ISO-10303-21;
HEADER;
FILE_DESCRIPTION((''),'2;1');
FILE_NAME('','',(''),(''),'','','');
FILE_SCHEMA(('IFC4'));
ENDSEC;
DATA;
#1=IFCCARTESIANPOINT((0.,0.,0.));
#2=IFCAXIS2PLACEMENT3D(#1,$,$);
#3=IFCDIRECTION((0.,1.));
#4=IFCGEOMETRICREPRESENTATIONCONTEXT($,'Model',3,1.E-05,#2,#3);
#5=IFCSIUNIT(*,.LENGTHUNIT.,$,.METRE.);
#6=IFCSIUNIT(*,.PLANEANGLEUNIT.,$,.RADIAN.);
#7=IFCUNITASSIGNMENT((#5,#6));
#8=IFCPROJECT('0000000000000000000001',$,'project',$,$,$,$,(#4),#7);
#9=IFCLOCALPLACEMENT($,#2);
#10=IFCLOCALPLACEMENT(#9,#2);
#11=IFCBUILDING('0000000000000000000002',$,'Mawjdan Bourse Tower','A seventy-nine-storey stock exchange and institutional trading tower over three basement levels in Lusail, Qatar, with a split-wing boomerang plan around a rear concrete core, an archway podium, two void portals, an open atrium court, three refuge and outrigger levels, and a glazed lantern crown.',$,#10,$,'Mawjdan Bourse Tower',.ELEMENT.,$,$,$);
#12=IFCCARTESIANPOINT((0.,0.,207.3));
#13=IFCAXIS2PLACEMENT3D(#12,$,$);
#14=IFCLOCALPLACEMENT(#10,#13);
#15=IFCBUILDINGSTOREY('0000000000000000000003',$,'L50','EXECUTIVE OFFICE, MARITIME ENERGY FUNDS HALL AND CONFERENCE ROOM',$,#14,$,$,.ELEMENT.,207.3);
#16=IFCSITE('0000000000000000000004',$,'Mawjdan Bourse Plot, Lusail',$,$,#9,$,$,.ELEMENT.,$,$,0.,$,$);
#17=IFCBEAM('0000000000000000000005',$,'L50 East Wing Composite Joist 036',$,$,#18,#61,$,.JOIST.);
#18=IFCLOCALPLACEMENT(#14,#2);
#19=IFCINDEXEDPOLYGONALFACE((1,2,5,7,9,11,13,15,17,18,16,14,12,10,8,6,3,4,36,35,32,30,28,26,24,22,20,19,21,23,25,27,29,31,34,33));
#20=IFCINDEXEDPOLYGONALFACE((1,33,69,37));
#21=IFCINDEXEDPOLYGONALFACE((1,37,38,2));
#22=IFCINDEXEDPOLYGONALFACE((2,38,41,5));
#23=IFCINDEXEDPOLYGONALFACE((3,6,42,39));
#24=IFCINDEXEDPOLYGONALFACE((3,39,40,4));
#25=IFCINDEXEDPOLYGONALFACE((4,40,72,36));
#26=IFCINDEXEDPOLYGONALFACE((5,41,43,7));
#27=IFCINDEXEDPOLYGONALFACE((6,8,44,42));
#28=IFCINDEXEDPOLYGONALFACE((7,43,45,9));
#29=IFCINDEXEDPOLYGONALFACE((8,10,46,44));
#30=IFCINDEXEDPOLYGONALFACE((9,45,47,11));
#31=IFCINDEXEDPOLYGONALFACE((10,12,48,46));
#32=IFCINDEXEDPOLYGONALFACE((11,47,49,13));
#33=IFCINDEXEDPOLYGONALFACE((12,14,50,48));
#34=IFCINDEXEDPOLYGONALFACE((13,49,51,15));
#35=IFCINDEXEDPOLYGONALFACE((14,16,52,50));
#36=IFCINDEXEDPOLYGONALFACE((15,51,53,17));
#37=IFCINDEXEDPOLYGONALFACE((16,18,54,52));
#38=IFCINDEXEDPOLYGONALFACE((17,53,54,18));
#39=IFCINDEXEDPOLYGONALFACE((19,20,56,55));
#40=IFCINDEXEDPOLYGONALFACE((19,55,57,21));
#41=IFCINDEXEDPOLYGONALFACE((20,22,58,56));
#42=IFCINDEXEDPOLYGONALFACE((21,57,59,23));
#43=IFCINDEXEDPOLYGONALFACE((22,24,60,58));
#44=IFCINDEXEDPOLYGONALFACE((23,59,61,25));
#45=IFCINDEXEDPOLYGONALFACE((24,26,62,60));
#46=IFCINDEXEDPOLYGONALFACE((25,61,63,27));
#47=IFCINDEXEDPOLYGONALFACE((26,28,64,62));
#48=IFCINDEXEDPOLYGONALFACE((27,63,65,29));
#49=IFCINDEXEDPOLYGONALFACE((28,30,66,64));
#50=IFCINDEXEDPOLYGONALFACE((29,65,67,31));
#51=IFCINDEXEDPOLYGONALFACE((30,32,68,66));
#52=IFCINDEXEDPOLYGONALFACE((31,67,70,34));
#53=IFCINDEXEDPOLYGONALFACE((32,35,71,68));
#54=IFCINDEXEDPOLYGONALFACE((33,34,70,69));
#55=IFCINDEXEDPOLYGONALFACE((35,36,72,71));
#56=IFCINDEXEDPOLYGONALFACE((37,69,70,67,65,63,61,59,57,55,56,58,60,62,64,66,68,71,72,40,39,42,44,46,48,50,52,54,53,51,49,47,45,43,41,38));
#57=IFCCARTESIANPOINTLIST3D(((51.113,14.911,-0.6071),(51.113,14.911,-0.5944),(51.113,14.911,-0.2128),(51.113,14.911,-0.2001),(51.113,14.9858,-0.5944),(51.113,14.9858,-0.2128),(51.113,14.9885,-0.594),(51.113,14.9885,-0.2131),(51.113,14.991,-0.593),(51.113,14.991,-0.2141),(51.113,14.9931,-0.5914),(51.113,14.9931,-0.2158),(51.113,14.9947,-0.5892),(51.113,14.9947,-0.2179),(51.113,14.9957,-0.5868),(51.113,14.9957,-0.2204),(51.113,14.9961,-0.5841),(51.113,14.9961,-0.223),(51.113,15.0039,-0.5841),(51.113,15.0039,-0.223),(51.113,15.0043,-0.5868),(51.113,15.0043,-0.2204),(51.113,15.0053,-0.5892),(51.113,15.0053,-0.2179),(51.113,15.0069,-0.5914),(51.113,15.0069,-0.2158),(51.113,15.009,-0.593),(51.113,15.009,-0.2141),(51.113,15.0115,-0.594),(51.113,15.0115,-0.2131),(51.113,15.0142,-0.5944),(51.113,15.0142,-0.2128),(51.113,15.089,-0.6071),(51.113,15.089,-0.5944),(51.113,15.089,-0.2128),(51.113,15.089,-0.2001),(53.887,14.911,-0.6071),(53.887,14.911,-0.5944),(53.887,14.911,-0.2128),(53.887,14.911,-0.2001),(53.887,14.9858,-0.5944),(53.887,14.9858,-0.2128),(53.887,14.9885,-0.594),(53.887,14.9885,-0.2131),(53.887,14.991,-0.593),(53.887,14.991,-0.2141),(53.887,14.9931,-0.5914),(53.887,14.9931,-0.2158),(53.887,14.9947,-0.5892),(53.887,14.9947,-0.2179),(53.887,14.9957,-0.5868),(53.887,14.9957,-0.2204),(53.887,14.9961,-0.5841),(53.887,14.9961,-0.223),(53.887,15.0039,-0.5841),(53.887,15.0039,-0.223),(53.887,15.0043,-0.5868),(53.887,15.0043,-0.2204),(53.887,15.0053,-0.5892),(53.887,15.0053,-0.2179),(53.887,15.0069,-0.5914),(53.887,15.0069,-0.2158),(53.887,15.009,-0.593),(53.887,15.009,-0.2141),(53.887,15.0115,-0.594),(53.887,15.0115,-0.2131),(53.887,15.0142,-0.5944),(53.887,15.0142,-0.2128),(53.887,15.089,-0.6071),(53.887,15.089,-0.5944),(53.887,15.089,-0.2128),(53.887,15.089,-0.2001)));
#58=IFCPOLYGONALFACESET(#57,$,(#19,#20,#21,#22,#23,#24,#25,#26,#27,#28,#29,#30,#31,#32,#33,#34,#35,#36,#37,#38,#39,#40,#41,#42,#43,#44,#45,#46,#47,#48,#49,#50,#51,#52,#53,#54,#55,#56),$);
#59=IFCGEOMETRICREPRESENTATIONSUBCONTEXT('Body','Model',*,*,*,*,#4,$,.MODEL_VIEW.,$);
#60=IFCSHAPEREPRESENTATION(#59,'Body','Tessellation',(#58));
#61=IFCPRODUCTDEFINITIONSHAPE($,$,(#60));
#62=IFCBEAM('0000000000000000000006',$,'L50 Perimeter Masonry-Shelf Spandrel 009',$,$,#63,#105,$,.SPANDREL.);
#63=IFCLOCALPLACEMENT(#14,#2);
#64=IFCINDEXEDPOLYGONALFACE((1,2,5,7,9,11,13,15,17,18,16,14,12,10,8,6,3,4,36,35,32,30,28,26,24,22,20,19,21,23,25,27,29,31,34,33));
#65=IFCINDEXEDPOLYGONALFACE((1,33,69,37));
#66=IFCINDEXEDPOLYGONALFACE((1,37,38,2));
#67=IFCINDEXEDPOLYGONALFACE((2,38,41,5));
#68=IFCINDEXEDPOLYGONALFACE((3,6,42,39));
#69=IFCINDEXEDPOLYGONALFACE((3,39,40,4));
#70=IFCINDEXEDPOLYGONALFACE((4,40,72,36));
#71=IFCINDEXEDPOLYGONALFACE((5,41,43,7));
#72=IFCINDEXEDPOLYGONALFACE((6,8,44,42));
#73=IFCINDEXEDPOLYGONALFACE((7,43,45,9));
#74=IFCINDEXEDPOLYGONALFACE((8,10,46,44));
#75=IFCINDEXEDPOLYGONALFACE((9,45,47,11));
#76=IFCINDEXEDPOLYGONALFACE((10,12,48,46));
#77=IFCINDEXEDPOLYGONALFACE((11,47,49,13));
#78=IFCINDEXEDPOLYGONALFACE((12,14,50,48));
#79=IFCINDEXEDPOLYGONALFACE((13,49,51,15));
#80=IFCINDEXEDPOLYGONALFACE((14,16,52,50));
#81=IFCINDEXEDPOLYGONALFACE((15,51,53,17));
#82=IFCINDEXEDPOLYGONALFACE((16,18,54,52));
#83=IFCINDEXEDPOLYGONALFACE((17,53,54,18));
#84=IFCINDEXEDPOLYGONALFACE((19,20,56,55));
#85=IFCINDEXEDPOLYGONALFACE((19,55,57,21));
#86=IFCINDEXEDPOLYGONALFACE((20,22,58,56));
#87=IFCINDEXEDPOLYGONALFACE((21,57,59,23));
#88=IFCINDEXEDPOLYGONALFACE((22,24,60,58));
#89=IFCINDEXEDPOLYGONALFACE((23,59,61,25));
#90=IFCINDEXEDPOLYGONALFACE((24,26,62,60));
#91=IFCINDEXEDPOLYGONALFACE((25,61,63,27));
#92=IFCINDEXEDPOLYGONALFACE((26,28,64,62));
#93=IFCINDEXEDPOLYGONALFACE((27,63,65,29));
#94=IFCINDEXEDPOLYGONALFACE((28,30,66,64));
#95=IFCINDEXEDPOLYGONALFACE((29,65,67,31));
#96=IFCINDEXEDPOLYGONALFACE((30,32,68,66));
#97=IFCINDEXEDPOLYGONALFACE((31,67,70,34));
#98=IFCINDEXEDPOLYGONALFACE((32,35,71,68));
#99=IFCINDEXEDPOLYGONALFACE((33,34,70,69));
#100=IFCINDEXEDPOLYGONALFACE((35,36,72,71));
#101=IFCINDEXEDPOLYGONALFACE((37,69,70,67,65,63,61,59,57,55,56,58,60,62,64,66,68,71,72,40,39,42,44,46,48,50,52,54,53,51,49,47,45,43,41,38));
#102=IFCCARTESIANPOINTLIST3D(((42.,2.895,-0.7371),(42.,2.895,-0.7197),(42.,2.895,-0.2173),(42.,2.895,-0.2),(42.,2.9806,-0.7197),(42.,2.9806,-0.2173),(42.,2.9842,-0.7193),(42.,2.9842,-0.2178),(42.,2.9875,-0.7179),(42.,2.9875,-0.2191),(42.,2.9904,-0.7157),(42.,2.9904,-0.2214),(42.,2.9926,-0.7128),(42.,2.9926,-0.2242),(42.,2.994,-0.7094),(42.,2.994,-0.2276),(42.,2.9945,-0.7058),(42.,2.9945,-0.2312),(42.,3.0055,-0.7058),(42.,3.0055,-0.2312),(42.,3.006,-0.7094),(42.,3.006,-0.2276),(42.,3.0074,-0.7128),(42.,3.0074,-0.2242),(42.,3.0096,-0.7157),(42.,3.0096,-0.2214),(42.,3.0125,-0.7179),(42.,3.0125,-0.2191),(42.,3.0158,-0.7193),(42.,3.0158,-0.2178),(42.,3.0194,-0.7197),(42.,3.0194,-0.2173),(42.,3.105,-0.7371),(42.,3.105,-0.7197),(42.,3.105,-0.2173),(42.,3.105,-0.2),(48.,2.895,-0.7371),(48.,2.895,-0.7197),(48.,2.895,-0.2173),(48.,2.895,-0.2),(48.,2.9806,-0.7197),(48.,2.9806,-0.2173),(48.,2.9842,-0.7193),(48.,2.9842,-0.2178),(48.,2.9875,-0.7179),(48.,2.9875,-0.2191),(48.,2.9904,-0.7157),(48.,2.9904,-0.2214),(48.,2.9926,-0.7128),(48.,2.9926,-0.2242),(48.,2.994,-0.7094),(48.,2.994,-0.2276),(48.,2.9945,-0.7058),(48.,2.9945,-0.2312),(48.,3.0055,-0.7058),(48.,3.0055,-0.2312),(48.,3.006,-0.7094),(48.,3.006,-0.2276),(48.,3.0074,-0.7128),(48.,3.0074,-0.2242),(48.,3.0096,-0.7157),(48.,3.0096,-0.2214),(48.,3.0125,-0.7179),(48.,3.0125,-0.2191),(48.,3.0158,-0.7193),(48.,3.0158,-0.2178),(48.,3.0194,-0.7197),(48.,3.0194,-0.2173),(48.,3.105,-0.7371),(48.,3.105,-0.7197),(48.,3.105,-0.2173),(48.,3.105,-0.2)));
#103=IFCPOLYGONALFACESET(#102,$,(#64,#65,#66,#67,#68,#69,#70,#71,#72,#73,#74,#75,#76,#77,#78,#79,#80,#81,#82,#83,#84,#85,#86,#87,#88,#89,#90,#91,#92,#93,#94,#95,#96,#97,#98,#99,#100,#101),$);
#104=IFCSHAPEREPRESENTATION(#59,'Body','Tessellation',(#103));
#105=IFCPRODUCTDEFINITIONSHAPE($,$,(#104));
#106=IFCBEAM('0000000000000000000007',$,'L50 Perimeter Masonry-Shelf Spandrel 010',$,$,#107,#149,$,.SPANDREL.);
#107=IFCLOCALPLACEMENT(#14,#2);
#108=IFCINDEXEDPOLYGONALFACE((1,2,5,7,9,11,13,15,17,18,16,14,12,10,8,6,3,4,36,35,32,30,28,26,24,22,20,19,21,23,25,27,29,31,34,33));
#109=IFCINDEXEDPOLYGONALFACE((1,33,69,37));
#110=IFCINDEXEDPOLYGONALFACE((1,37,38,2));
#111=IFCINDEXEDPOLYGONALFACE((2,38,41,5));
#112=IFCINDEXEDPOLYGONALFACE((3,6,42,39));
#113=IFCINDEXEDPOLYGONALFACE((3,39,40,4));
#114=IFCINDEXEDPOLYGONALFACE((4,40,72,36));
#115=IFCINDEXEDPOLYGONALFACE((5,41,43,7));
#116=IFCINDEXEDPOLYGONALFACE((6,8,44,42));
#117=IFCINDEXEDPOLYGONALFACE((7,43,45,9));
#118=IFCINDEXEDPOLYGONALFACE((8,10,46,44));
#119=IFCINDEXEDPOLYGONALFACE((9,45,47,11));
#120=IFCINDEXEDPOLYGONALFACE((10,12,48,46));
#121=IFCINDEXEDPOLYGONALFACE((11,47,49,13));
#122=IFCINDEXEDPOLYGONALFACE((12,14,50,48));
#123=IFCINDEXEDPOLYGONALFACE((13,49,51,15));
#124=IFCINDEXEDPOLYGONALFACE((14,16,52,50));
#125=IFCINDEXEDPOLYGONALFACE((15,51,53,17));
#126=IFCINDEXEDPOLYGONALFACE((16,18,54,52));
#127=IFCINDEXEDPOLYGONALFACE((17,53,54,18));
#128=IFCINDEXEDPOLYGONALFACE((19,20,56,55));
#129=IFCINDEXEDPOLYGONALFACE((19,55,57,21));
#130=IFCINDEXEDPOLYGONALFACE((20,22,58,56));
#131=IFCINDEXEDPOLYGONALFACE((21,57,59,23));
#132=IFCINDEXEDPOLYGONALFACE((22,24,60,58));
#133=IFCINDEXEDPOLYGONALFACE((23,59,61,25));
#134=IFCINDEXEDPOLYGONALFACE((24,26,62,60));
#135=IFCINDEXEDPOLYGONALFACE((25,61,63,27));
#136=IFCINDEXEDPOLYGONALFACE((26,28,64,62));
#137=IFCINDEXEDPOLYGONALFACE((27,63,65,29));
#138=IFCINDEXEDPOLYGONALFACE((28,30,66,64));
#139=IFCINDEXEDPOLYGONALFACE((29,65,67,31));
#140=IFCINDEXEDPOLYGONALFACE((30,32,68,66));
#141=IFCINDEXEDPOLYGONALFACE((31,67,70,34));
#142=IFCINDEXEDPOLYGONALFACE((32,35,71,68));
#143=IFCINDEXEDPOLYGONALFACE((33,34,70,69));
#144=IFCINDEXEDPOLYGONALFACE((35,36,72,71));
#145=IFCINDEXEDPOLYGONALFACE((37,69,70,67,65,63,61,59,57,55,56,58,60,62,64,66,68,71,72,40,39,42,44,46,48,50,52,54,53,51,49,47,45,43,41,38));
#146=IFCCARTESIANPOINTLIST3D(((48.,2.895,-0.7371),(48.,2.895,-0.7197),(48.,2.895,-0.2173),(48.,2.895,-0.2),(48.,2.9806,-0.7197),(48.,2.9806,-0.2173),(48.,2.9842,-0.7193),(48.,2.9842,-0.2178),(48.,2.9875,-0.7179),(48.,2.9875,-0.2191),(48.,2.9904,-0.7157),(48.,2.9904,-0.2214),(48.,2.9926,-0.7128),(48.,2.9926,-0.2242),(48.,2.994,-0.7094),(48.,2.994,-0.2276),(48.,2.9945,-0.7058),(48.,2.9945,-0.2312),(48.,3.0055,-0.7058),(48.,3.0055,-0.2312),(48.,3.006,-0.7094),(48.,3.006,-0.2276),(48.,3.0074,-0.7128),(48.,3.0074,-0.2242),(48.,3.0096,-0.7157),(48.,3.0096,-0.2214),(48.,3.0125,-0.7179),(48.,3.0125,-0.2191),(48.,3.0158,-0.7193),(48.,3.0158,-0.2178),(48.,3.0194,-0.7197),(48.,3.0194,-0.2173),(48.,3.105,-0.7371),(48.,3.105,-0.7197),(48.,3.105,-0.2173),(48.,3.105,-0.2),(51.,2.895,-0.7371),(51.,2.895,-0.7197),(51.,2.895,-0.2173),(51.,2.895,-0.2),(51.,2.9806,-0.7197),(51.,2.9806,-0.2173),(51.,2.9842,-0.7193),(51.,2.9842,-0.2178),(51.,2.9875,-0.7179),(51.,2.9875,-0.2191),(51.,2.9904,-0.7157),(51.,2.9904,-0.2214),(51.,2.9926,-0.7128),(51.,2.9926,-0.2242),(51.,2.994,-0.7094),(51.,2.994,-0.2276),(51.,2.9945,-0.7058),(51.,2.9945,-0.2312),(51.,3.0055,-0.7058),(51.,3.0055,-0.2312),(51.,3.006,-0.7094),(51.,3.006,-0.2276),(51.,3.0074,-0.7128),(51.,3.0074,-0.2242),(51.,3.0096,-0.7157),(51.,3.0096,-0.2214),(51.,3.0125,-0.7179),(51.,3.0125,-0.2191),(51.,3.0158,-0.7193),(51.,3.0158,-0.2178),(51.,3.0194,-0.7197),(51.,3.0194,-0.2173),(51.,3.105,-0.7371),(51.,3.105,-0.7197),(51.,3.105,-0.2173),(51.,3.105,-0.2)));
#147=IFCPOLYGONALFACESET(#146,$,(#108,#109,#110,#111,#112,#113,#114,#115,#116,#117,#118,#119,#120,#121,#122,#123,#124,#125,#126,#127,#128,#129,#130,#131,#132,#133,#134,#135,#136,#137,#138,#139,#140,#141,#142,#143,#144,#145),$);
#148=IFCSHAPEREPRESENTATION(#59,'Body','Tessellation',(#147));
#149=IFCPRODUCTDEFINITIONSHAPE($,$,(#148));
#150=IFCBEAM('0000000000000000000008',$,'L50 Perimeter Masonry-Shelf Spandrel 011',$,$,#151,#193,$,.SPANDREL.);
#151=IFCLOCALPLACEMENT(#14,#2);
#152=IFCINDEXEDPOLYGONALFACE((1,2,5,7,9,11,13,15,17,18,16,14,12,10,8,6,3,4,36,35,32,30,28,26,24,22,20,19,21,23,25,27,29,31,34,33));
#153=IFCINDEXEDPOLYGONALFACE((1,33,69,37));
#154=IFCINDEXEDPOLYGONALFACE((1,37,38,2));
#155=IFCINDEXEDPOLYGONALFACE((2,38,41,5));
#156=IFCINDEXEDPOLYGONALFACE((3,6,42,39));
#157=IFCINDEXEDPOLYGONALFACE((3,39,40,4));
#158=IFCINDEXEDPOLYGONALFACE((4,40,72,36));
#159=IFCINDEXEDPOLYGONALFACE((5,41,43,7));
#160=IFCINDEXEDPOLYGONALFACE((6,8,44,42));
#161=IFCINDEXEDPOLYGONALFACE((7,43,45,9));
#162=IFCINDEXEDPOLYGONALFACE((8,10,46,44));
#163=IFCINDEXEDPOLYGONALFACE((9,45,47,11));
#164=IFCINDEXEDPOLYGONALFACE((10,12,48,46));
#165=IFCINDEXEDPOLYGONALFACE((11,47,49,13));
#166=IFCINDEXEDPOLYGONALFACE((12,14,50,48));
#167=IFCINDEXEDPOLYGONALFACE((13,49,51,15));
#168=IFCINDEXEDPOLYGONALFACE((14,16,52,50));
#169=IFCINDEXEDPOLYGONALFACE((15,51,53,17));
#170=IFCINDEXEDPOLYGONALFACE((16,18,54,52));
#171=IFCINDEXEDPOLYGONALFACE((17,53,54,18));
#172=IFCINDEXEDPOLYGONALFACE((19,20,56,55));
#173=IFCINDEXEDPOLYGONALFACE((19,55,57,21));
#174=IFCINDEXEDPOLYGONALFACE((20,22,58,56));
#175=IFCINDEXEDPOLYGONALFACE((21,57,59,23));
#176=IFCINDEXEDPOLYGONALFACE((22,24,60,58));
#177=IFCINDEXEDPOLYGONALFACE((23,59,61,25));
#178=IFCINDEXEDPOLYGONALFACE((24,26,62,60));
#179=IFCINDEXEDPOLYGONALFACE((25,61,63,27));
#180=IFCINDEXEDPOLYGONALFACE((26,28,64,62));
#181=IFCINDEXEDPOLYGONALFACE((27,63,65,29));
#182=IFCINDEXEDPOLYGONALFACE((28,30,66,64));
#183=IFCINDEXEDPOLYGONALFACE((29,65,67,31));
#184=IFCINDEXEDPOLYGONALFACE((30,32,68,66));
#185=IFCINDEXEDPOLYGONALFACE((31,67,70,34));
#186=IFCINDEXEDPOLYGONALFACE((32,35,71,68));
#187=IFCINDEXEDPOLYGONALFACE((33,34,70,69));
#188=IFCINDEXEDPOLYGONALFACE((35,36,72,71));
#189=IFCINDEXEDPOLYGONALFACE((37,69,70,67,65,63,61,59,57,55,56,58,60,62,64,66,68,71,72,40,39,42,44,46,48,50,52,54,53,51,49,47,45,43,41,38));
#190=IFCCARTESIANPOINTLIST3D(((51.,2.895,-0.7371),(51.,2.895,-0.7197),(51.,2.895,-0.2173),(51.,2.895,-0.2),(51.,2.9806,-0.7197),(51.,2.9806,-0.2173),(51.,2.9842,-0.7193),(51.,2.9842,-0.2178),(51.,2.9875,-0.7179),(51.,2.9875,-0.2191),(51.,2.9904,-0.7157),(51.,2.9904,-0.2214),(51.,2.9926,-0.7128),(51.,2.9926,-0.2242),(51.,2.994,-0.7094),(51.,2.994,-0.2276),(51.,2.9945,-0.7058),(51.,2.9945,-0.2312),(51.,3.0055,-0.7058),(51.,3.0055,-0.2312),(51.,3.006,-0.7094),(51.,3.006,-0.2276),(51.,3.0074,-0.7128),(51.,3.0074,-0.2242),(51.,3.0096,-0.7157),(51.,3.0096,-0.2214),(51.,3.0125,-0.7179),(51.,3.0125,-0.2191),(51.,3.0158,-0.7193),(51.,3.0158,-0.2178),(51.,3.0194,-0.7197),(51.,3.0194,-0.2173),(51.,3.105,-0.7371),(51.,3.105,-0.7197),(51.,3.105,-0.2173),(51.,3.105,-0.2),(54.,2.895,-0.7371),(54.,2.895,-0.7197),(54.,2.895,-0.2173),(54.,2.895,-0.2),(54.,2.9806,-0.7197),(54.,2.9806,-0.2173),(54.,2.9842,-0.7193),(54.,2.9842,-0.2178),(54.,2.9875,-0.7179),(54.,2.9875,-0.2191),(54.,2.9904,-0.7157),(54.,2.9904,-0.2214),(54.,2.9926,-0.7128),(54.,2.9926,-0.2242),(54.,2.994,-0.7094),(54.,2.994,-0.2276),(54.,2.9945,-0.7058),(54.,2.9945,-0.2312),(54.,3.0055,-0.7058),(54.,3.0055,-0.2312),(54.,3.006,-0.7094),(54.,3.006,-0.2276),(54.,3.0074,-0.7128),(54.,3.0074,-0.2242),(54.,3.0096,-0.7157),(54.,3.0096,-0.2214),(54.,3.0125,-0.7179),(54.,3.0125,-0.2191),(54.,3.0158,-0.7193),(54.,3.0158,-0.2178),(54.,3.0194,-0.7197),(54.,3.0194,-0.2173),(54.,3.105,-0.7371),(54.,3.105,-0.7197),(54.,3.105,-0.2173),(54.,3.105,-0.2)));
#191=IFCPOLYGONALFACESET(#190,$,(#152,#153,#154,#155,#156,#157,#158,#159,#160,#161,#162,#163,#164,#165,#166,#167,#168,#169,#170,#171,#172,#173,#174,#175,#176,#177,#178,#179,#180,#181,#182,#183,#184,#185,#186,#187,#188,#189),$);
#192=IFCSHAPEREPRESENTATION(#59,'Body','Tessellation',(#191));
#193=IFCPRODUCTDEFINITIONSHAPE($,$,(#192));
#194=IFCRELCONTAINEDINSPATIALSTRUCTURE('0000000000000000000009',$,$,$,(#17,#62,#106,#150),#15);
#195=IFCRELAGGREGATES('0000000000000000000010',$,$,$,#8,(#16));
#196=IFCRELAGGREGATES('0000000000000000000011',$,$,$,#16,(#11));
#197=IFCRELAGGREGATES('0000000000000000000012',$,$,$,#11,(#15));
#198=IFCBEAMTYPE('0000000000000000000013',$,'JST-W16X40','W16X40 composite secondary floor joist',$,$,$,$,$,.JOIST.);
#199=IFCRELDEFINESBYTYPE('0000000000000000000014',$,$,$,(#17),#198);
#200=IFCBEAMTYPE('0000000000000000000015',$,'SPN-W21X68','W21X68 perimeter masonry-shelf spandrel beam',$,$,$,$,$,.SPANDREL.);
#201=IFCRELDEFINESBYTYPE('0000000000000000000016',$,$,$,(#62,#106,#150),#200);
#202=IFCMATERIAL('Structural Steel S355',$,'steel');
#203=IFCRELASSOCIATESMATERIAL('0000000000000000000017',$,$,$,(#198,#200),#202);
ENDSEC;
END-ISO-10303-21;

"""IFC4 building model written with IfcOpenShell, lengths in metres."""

from ifc_helpers import new_model, si_unit, direction, frame, origin, origin_2d, place, context, subcontext, project, spatial, i_section, extrude, material, material_profile, profile_set, type_object, element, save


model = new_model("IFC4")

# Units and contexts
model_context = context("Model", 3, precision=1e-05, world=origin(), true_north=direction((0.0, 1.0)))
body_context = subcontext(model_context, "Body", "Model", "MODEL_VIEW")
ifc_project = project(units=[si_unit("LENGTHUNIT", "METRE"), si_unit("PLANEANGLEUNIT", "RADIAN")], contexts=[model_context])

# Site, building, storey
site_placement = place(None, origin())
site = spatial("IfcSite", under=ifc_project, at=site_placement, Name="Mawjdan Bourse Plot, Lusail", CompositionType="ELEMENT", RefElevation=0.0)
building_placement = place(site_placement, origin())
building = spatial("IfcBuilding", under=site, at=building_placement, Name="Mawjdan Bourse Tower", Description="A seventy-nine-storey stock exchange and institutional trading tower over three basement levels in Lusail, Qatar, with a split-wing boomerang plan around a rear concrete core, an archway podium, two void portals, an open atrium court, three refuge and outrigger levels, and a glazed lantern crown.", LongName="Mawjdan Bourse Tower", CompositionType="ELEMENT")
storey_placement = place(building_placement, frame((0.0, 0.0, 207.3)))
storey = spatial("IfcBuildingStorey", under=building, at=storey_placement, Name="L50", Description="EXECUTIVE OFFICE, MARITIME ENERGY FUNDS HALL AND CONFERENCE ROOM", CompositionType="ELEMENT", Elevation=207.3)

# Beams
ifc_material_1 = material(Name="Structural Steel S355", Category="steel")
ifc_material_profile_1 = material_profile(ifc_material_1, i_section(OverallWidth=0.178, OverallDepth=0.407, WebThickness=0.0078, FlangeThickness=0.0127, FilletRadius=0.0103, at=origin_2d()), Name="W16X40")
ifc_profile_set_1 = profile_set([ifc_material_profile_1], Name="Structural Steel S355")
beam_type_1 = type_object("IfcBeamType", Name="JST-W16X40", Description="W16X40 composite secondary floor joist", PredefinedType="JOIST", material=ifc_profile_set_1)
for number, where, z_axis, x_axis, name in (
    (1, (51.113, 15.0, -0.4036), (1.0, 0.0, 0.0), (0.0, 1.0, 0.0), "L50 East Wing Composite Joist 036"),
):
    element("IfcBeam", number, at=place(storey_placement, frame(where, z_axis=z_axis, x_axis=x_axis)), inside=storey, type_object=beam_type_1, Name=name, PredefinedType="JOIST", context=body_context, shape_type="SweptSolid", body=[
        extrude(i_section(OverallWidth=0.178, OverallDepth=0.407, WebThickness=0.0078, FlangeThickness=0.0127, FilletRadius=0.0103, at=origin_2d()), origin(), (0.0, 0.0, 1.0), 2.7739),
    ])
ifc_material_profile_2 = material_profile(ifc_material_1, i_section(OverallWidth=0.21, OverallDepth=0.5371, WebThickness=0.011, FlangeThickness=0.0173, FilletRadius=0.0139, at=origin_2d()), Name="W21X68")
ifc_profile_set_2 = profile_set([ifc_material_profile_2], Name="Structural Steel S355")
beam_type_2 = type_object("IfcBeamType", Name="SPN-W21X68", Description="W21X68 perimeter masonry-shelf spandrel beam", PredefinedType="SPANDREL", material=ifc_profile_set_2)
beam_1_placement = place(storey_placement, frame((42.0, 3.0, -0.4685), z_axis=(1.0, 0.0, 0.0), x_axis=(0.0, 1.0, 0.0)))
element("IfcBeam", 2, at=beam_1_placement, inside=storey, type_object=beam_type_2, Name="L50 Perimeter Masonry-Shelf Spandrel 009", PredefinedType="SPANDREL", context=body_context, shape_type="SweptSolid", body=[
    extrude(i_section(OverallWidth=0.21, OverallDepth=0.5371, WebThickness=0.011, FlangeThickness=0.0173, FilletRadius=0.0139, at=origin_2d()), origin(), (0.0, 0.0, 1.0), 6.0),
])
for number, where, z_axis, x_axis, name in (
    (3, (48.0, 3.0, -0.4685), (1.0, 0.0, 0.0), (0.0, 1.0, 0.0), "L50 Perimeter Masonry-Shelf Spandrel 010"),
    (4, (51.0, 3.0, -0.4685), (1.0, 0.0, 0.0), (0.0, 1.0, 0.0), "L50 Perimeter Masonry-Shelf Spandrel 011"),
):
    element("IfcBeam", number, at=place(storey_placement, frame(where, z_axis=z_axis, x_axis=x_axis)), inside=storey, type_object=beam_type_2, Name=name, PredefinedType="SPANDREL", context=body_context, shape_type="SweptSolid", body=[
        extrude(i_section(OverallWidth=0.21, OverallDepth=0.5371, WebThickness=0.011, FlangeThickness=0.0173, FilletRadius=0.0139, at=origin_2d()), origin(), (0.0, 0.0, 1.0), 3.0),
    ])

save(model, "model.ifc")
